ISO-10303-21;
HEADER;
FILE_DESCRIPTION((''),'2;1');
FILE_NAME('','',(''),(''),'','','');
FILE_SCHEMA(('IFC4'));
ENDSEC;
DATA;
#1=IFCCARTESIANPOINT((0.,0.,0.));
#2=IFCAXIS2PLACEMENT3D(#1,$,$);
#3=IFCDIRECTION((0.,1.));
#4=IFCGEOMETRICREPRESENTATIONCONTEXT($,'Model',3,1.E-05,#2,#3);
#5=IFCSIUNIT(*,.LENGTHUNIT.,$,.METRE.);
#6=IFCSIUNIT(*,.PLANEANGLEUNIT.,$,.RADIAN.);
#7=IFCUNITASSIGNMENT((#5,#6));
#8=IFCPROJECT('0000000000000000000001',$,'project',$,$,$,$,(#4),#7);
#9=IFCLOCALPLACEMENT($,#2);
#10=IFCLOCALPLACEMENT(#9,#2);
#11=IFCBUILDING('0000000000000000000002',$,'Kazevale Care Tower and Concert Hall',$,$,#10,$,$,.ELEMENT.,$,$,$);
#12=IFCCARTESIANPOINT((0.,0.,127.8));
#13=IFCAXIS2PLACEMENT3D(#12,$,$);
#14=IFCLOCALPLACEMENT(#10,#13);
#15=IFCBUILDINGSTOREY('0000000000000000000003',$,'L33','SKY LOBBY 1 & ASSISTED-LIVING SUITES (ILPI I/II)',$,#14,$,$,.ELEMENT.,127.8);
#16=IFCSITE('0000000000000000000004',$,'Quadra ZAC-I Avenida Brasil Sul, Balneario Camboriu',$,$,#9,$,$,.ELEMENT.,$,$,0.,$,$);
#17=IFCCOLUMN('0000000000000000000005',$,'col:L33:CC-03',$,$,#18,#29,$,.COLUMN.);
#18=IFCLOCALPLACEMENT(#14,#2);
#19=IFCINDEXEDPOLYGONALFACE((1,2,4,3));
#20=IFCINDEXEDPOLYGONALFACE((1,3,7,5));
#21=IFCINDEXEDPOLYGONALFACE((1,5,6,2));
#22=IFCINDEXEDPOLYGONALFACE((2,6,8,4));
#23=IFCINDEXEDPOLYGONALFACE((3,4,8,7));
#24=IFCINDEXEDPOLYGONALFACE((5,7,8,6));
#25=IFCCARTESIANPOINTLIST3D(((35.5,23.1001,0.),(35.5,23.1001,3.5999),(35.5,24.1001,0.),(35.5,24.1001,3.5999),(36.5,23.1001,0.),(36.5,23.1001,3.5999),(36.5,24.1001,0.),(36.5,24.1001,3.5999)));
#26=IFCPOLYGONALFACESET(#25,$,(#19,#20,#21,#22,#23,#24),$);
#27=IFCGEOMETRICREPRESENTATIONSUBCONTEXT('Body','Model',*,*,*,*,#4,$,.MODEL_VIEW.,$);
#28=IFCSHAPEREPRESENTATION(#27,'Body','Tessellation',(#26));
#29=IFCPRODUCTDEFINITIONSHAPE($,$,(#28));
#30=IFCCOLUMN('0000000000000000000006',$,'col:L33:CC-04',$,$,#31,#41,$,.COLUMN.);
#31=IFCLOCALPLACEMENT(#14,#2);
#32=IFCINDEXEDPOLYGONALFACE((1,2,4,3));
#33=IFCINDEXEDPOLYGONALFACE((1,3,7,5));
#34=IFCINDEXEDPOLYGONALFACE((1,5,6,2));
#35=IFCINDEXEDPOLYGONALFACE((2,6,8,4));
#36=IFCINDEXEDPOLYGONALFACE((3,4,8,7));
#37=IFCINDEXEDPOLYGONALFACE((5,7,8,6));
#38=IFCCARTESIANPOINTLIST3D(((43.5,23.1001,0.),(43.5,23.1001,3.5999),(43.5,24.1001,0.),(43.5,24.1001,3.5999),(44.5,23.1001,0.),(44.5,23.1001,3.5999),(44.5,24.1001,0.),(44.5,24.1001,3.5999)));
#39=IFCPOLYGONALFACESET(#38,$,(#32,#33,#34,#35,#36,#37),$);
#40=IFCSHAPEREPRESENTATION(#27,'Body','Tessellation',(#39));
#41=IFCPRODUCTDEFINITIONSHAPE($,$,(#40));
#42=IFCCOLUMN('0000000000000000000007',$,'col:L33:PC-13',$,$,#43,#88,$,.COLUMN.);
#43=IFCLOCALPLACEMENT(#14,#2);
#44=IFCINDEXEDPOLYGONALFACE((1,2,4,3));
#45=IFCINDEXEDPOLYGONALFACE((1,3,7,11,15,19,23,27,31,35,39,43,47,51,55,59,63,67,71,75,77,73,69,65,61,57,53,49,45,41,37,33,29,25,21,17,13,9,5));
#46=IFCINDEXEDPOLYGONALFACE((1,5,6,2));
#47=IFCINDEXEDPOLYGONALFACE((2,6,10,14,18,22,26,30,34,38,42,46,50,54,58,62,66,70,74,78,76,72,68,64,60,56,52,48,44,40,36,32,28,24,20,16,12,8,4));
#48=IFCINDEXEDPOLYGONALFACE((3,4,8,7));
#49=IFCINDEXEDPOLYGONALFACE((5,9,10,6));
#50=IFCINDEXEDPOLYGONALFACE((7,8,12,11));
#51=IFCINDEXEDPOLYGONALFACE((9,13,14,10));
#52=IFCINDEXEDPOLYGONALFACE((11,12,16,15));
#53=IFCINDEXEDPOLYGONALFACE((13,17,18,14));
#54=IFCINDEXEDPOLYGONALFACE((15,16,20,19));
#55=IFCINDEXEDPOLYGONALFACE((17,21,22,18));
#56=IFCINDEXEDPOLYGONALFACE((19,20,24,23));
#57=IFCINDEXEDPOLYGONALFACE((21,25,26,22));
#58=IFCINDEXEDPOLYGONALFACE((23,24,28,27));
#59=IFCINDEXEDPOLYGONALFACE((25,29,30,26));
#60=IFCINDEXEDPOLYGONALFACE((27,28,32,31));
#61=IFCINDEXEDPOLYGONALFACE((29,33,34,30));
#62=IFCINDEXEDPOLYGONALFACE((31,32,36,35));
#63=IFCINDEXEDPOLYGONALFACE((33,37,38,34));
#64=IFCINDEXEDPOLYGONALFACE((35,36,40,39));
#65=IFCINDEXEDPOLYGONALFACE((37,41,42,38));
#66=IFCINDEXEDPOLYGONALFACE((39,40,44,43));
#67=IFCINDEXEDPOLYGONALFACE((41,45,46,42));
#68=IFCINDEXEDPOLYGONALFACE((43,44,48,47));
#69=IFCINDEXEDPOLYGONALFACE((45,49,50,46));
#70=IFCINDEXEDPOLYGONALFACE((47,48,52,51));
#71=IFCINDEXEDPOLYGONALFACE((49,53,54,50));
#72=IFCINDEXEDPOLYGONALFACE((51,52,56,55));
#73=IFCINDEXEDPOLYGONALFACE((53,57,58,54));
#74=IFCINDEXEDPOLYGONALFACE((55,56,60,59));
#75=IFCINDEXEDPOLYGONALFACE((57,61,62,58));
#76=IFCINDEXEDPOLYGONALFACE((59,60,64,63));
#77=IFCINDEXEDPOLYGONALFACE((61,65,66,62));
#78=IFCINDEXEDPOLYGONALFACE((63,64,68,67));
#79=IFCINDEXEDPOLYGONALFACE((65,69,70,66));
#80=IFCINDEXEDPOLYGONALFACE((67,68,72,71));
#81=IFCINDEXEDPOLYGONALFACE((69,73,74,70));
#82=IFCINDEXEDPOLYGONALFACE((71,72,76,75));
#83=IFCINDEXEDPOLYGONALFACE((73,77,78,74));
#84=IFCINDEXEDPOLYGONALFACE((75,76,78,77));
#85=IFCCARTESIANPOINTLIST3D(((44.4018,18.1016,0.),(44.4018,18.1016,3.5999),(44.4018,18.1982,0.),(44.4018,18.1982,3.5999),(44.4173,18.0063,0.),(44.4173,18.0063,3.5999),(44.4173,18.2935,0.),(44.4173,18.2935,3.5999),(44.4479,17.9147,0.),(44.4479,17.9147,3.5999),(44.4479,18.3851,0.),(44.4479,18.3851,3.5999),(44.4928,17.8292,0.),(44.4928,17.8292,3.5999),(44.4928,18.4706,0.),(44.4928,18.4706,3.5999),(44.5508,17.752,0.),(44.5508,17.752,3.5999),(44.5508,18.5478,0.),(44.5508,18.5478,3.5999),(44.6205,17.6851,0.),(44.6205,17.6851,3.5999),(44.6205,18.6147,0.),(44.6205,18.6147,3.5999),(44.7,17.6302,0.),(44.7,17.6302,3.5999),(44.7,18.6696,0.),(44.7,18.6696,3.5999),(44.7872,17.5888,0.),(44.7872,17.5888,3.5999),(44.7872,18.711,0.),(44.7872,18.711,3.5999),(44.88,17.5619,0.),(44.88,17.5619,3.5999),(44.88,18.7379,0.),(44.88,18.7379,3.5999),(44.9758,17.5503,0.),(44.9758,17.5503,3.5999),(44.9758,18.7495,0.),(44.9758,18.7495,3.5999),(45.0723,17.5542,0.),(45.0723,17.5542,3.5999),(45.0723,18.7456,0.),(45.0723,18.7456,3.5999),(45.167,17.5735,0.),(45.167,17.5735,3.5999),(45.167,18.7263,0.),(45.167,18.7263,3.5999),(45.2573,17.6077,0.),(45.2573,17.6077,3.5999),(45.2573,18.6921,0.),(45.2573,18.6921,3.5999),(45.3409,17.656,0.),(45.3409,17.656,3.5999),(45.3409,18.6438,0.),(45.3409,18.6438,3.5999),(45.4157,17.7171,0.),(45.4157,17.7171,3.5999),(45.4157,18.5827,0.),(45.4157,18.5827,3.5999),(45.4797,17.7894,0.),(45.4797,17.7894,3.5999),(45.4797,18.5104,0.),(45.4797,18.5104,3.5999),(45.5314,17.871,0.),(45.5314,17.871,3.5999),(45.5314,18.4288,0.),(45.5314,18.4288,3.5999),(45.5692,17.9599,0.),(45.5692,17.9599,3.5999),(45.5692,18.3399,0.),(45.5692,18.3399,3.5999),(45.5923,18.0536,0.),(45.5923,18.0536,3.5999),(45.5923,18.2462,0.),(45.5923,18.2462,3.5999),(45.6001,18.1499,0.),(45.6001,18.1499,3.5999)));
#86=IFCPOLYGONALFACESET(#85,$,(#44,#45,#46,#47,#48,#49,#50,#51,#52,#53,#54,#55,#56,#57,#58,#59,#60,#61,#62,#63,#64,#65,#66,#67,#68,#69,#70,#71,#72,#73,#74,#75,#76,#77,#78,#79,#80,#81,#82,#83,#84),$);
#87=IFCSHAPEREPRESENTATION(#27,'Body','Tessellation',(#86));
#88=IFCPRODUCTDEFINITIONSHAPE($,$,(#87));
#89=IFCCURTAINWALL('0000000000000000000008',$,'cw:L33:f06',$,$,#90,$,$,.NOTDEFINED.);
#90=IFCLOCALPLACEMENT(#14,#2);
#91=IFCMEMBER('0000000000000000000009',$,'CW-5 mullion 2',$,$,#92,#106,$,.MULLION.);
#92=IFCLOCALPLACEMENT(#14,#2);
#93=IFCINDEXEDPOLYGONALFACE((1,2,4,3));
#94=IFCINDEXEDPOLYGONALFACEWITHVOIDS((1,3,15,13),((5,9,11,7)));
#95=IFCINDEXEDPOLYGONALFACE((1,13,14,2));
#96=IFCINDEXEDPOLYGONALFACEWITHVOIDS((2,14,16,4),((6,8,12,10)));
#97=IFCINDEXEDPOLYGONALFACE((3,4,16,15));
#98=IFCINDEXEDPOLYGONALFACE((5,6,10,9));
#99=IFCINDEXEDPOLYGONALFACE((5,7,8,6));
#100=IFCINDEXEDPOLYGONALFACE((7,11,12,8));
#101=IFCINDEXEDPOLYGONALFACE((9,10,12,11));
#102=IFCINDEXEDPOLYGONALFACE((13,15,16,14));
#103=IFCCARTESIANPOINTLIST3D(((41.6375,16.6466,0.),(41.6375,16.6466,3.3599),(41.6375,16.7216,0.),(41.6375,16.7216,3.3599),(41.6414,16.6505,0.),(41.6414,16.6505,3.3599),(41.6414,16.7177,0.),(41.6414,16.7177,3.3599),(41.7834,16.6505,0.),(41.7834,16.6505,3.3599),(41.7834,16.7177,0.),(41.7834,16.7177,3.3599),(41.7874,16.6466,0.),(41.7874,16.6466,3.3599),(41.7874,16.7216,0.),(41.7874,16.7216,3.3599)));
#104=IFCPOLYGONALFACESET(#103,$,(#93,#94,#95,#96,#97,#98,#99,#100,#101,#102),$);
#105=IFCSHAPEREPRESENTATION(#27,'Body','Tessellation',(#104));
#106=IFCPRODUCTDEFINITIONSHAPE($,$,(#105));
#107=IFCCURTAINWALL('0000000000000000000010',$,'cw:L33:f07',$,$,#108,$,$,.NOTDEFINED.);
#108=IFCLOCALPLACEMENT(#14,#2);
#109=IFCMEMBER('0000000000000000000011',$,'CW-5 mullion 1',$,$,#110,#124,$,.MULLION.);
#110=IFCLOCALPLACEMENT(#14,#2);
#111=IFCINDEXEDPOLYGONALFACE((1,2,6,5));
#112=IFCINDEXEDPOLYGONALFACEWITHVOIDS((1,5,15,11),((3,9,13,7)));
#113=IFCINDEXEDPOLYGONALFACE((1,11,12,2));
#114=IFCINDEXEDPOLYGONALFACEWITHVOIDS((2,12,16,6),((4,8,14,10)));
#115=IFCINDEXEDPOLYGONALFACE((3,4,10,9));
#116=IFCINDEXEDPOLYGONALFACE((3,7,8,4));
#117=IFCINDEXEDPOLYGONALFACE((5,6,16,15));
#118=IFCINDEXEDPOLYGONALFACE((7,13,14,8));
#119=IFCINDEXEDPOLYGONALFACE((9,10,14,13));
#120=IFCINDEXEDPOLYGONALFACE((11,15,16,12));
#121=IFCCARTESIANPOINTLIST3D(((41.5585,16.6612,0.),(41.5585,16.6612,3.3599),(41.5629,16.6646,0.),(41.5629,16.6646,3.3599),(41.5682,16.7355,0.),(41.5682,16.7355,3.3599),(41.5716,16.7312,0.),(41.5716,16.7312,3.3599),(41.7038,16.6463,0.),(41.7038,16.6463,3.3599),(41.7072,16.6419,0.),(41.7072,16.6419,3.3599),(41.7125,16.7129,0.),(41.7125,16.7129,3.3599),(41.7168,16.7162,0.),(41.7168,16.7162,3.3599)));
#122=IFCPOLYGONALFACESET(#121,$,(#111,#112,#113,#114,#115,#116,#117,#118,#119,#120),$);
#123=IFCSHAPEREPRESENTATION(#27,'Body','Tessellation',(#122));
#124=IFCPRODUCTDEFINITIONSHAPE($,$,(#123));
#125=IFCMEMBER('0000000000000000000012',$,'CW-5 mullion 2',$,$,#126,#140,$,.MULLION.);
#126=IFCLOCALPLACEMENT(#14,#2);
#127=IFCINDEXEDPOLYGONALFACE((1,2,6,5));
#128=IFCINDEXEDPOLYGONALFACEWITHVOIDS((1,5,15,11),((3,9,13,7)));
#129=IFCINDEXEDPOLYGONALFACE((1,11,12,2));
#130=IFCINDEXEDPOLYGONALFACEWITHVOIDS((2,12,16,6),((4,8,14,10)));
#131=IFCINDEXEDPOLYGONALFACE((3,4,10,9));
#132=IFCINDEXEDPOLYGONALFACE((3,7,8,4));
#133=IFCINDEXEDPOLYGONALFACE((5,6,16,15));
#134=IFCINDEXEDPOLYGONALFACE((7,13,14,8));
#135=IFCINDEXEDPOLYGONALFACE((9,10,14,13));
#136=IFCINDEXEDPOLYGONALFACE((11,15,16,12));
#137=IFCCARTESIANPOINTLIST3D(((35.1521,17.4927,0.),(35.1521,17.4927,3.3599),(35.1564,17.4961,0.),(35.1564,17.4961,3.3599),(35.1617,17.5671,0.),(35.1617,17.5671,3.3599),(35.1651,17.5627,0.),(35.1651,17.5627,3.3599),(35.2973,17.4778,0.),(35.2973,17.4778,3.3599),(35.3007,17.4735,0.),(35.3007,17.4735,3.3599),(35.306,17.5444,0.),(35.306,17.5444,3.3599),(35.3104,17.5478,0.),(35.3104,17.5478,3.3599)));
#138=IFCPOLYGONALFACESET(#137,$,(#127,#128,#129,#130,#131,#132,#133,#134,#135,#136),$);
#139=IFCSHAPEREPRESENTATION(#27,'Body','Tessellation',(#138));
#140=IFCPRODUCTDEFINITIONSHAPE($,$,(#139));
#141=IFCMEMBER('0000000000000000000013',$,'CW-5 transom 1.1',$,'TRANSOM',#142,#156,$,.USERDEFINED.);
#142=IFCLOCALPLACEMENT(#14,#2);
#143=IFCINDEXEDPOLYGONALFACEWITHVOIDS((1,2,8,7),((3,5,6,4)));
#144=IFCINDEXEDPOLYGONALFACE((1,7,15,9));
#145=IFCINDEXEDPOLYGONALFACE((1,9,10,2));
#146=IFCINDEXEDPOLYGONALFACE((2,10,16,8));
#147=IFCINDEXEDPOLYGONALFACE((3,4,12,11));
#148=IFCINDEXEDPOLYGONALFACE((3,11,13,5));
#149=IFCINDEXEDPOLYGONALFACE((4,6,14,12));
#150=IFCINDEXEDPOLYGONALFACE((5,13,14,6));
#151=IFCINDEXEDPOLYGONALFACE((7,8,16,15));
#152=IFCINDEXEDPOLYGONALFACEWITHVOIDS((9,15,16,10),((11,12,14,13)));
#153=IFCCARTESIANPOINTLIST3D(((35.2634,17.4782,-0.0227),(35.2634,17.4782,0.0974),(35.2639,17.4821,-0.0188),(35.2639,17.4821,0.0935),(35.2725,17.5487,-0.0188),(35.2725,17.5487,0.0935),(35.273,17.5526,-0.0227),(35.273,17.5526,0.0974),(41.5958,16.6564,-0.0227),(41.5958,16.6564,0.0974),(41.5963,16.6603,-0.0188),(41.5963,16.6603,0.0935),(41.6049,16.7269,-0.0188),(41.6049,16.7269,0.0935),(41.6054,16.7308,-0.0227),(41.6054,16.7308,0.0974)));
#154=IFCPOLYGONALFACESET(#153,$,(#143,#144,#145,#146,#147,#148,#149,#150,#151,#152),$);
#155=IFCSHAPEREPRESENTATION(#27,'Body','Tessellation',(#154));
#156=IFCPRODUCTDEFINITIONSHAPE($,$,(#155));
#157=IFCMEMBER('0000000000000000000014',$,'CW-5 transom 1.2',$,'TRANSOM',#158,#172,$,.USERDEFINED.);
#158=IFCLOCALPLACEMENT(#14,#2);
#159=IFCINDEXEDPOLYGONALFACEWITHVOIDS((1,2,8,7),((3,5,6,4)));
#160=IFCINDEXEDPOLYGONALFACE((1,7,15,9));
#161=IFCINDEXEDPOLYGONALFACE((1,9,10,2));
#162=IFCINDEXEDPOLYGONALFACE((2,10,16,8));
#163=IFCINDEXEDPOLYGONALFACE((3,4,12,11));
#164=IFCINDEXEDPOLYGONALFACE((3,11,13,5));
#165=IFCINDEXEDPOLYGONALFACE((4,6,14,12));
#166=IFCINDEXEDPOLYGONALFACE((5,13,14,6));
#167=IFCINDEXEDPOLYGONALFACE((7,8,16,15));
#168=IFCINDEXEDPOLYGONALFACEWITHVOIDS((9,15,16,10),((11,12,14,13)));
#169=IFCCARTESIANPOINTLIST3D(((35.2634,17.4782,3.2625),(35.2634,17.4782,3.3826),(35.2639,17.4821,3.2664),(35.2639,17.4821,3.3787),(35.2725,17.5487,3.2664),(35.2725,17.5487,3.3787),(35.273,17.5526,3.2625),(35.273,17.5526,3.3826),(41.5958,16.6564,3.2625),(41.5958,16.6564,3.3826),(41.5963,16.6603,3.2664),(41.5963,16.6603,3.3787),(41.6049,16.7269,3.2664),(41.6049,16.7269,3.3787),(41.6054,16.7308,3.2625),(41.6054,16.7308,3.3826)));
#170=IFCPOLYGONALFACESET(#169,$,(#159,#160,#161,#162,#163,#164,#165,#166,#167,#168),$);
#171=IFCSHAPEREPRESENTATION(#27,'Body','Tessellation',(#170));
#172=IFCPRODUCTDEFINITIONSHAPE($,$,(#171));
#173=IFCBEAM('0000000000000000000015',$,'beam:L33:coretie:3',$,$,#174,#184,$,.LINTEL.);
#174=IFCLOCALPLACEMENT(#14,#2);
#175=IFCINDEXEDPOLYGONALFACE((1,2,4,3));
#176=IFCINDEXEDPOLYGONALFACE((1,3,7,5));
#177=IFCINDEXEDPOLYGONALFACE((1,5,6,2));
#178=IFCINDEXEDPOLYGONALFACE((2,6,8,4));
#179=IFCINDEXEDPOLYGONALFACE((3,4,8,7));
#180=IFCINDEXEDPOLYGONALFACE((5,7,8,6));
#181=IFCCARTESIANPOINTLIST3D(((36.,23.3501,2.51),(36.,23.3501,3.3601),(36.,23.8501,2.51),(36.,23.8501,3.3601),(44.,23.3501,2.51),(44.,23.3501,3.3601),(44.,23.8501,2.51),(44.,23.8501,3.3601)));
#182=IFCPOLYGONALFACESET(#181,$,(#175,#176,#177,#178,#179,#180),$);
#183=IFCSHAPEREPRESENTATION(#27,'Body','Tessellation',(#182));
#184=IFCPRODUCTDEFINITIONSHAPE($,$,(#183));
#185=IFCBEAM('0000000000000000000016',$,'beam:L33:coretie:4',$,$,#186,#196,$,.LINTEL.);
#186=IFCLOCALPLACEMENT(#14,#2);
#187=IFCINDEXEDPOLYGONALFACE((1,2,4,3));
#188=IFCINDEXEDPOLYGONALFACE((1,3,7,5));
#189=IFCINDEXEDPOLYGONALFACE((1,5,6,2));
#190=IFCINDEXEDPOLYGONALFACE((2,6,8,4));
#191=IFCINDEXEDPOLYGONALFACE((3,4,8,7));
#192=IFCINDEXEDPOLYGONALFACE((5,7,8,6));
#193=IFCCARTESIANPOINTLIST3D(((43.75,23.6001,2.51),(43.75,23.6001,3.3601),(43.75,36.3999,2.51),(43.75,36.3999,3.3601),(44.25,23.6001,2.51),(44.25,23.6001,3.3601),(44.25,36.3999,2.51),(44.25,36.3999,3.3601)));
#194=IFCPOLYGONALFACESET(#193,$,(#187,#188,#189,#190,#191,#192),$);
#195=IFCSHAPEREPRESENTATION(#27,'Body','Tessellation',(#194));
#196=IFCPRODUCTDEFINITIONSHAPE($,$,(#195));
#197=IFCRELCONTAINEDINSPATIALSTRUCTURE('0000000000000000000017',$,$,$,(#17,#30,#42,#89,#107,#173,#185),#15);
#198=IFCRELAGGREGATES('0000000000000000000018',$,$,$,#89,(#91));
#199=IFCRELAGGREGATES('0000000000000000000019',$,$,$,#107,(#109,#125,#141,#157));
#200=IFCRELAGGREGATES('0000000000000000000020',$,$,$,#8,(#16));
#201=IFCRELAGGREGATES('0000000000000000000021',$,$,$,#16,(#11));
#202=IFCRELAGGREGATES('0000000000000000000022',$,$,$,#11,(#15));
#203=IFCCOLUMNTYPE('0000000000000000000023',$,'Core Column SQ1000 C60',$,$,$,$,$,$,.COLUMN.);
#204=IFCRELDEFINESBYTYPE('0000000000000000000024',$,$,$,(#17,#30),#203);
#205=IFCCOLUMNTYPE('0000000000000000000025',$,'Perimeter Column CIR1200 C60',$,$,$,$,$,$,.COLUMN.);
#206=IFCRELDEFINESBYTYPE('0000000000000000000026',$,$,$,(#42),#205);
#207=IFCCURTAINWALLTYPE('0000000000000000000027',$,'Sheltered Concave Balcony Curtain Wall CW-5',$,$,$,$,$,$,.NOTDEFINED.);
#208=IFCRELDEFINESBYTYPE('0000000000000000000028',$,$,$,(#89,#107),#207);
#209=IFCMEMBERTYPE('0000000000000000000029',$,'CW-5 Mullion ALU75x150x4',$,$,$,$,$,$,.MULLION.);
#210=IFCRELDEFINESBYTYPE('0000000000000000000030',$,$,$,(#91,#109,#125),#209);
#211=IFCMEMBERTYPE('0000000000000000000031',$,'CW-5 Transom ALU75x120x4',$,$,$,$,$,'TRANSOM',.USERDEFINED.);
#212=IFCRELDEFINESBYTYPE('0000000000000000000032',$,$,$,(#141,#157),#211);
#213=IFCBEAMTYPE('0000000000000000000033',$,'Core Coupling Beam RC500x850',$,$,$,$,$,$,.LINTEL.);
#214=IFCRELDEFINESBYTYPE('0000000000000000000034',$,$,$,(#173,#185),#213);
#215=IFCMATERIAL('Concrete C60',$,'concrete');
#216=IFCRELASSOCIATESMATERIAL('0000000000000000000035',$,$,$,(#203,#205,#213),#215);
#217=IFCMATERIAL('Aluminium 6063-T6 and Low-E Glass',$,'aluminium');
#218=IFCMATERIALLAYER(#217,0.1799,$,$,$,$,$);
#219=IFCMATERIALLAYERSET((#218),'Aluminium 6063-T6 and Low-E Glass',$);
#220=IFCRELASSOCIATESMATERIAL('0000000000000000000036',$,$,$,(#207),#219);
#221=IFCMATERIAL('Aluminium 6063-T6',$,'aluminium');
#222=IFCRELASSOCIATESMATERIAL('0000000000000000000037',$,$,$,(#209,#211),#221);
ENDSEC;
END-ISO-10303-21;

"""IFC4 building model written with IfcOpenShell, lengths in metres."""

from ifc_helpers import new_model, si_unit, direction, frame, origin, origin_2d, place, context, subcontext, project, spatial, rectangle, hollow_rectangle, circle, extrude, material, layer, layer_set, material_profile, profile_set, type_object, element, aggregate, save


model = new_model("IFC4")

# Units and contexts
model_context = context("Model", 3, precision=1e-05, world=origin(), true_north=direction((0.0, 1.0)))
body_context = subcontext(model_context, "Body", "Model", "MODEL_VIEW")
ifc_project = project(units=[si_unit("LENGTHUNIT", "METRE"), si_unit("PLANEANGLEUNIT", "RADIAN")], contexts=[model_context])

# Site, building, storey
site_placement = place(None, origin())
site = spatial("IfcSite", under=ifc_project, at=site_placement, Name="Quadra ZAC-I Avenida Brasil Sul, Balneario Camboriu", CompositionType="ELEMENT", RefElevation=0.0)
building_placement = place(site_placement, origin())
building = spatial("IfcBuilding", under=site, at=building_placement, Name="Kazevale Care Tower and Concert Hall", CompositionType="ELEMENT")
storey_placement = place(building_placement, frame((0.0, 0.0, 127.8)))
storey = spatial("IfcBuildingStorey", under=building, at=storey_placement, Name="L33", Description="SKY LOBBY 1 & ASSISTED-LIVING SUITES (ILPI I/II)", CompositionType="ELEMENT", Elevation=127.8)

# Columns
ifc_material_1 = material(Name="Concrete C60", Category="concrete")
ifc_material_profile_1 = material_profile(ifc_material_1, rectangle(XDim=1.0, YDim=1.0, at=origin_2d()), Name="RC-SQ1000")
ifc_profile_set_1 = profile_set([ifc_material_profile_1], Name="Concrete C60")
column_type_1 = type_object("IfcColumnType", Name="Core Column SQ1000 C60", PredefinedType="COLUMN", material=ifc_profile_set_1)
for number, where, z_axis, x_axis, name in (
    (1, (36.0, 23.6001, 0.0), (0.0, 0.0, 1.0), (1.0, 0.0, 0.0), "col:L33:CC-03"),
    (2, (44.0, 23.6001, 0.0), (0.0, 0.0, 1.0), (1.0, 0.0, 0.0), "col:L33:CC-04"),
):
    element("IfcColumn", number, at=place(storey_placement, frame(where, z_axis=z_axis, x_axis=x_axis)), inside=storey, type_object=column_type_1, Name=name, PredefinedType="COLUMN", context=body_context, shape_type="SweptSolid", body=[
        extrude(rectangle(XDim=1.0, YDim=1.0, at=origin_2d()), origin(), (0.0, 0.0, 1.0), 3.5999),
    ])
ifc_material_profile_2 = material_profile(ifc_material_1, circle(Radius=0.6001, at=origin_2d()), Name="RC-CIR1200")
ifc_profile_set_2 = profile_set([ifc_material_profile_2], Name="Concrete C60")
column_type_2 = type_object("IfcColumnType", Name="Perimeter Column CIR1200 C60", PredefinedType="COLUMN", material=ifc_profile_set_2)
column_placement = place(storey_placement, frame((45.0, 18.1499, 0.0), z_axis=(0.0, 0.0, 1.0), x_axis=(1.0, 0.0, 0.0)))
element("IfcColumn", 3, at=column_placement, inside=storey, type_object=column_type_2, Name="col:L33:PC-13", PredefinedType="COLUMN", context=body_context, shape_type="SweptSolid", body=[
    extrude(circle(Radius=0.6001, at=origin_2d()), origin(), (0.0, 0.0, 1.0), 3.5999),
])

# Curtain wall, member
ifc_material_2 = material(Name="Aluminium 6063-T6 and Low-E Glass", Category="aluminium")
ifc_layer_1 = layer(ifc_material_2, 0.1799)
ifc_layer_set_1 = layer_set([ifc_layer_1], Name="Aluminium 6063-T6 and Low-E Glass")
curtain_wall_type = type_object("IfcCurtainWallType", Name="Sheltered Concave Balcony Curtain Wall CW-5", PredefinedType="NOTDEFINED", material=ifc_layer_set_1)
curtain_wall_1_placement = place(storey_placement, origin())
curtain_wall_1 = element("IfcCurtainWall", 4, at=curtain_wall_1_placement, inside=storey, type_object=curtain_wall_type, Name="cw:L33:f06", PredefinedType="NOTDEFINED")
ifc_material_3 = material(Name="Aluminium 6063-T6", Category="aluminium")
ifc_material_profile_3 = material_profile(ifc_material_3, hollow_rectangle(XDim=0.075, YDim=0.1499, WallThickness=0.0039, at=origin_2d()), Name="ALU75x150x4")
ifc_profile_set_3 = profile_set([ifc_material_profile_3], Name="Aluminium 6063-T6")
member_type_1 = type_object("IfcMemberType", Name="CW-5 Mullion ALU75x150x4", PredefinedType="MULLION", material=ifc_profile_set_3)
member_1_placement = place(storey_placement, frame((41.7124, 16.6841, 0.0), z_axis=(0.0, 0.0, 1.0), x_axis=(0.0, -1.0, 0.0)))
member_1 = element("IfcMember", 5, at=member_1_placement, type_object=member_type_1, Name="CW-5 mullion 2", PredefinedType="MULLION", context=body_context, shape_type="SweptSolid", body=[
    extrude(hollow_rectangle(XDim=0.075, YDim=0.1499, WallThickness=0.0039, at=origin_2d()), origin(), (0.0, 0.0, 1.0), 3.3599),
])

# Curtain wall, members
curtain_wall_2_placement = place(storey_placement, origin())
curtain_wall_2 = element("IfcCurtainWall", 6, at=curtain_wall_2_placement, inside=storey, type_object=curtain_wall_type, Name="cw:L33:f07", PredefinedType="NOTDEFINED")
member_2_placement = place(storey_placement, frame((41.6377, 16.6887, 0.0), z_axis=(0.0, 0.0, 1.0), x_axis=(-0.128685, -0.991686, 0.0)))
member_2 = element("IfcMember", 7, at=member_2_placement, type_object=member_type_1, Name="CW-5 mullion 1", PredefinedType="MULLION", context=body_context, shape_type="SweptSolid", body=[
    extrude(hollow_rectangle(XDim=0.075, YDim=0.1499, WallThickness=0.0039, at=origin_2d()), origin(), (0.0, 0.0, 1.0), 3.3599),
])
member_3_placement = place(storey_placement, frame((35.2312, 17.5203, 0.0), z_axis=(0.0, 0.0, 1.0), x_axis=(-0.128685, -0.991686, 0.0)))
member_3 = element("IfcMember", 8, at=member_3_placement, type_object=member_type_1, Name="CW-5 mullion 2", PredefinedType="MULLION", context=body_context, shape_type="SweptSolid", body=[
    extrude(hollow_rectangle(XDim=0.075, YDim=0.1499, WallThickness=0.0039, at=origin_2d()), origin(), (0.0, 0.0, 1.0), 3.3599),
])
ifc_material_profile_4 = material_profile(ifc_material_3, hollow_rectangle(XDim=0.075, YDim=0.1201, WallThickness=0.0039, at=origin_2d()), Name="ALU75x120x4")
ifc_profile_set_4 = profile_set([ifc_material_profile_4], Name="Aluminium 6063-T6")
member_type_2 = type_object("IfcMemberType", Name="CW-5 Transom ALU75x120x4", ElementType="TRANSOM", PredefinedType="USERDEFINED", material=ifc_profile_set_4)
member_4_placement = place(storey_placement, frame((41.6006, 16.6936, 0.0374), z_axis=(-0.991684, 0.128697, 0.0), x_axis=(-0.128697, -0.991684, 0.0)))
member_4 = element("IfcMember", 9, at=member_4_placement, type_object=member_type_2, Name="CW-5 transom 1.1", ObjectType="TRANSOM", PredefinedType="USERDEFINED", context=body_context, shape_type="SweptSolid", body=[
    extrude(hollow_rectangle(XDim=0.075, YDim=0.1201, WallThickness=0.0039, at=origin_2d()), origin(), (0.0, 0.0, 1.0), 6.3855),
])
member_5_placement = place(storey_placement, frame((41.6006, 16.6936, 3.3225), z_axis=(-0.991684, 0.128697, 0.0), x_axis=(-0.128697, -0.991684, 0.0)))
member_5 = element("IfcMember", 10, at=member_5_placement, type_object=member_type_2, Name="CW-5 transom 1.2", ObjectType="TRANSOM", PredefinedType="USERDEFINED", context=body_context, shape_type="SweptSolid", body=[
    extrude(hollow_rectangle(XDim=0.075, YDim=0.1201, WallThickness=0.0039, at=origin_2d()), origin(), (0.0, 0.0, 1.0), 6.3855),
])

# Beams
ifc_material_profile_5 = material_profile(ifc_material_1, rectangle(XDim=0.5, YDim=0.8501, at=origin_2d()), Name="RC-B500x850")
ifc_profile_set_5 = profile_set([ifc_material_profile_5], Name="Concrete C60")
beam_type_1 = type_object("IfcBeamType", Name="Core Coupling Beam RC500x850", PredefinedType="LINTEL", material=ifc_profile_set_5)
beam_1_placement = place(storey_placement, frame((36.0, 23.6001, 2.9351), z_axis=(1.0, 0.0, 0.0), x_axis=(0.0, 1.0, 0.0)))
element("IfcBeam", 11, at=beam_1_placement, inside=storey, type_object=beam_type_1, Name="beam:L33:coretie:3", PredefinedType="LINTEL", context=body_context, shape_type="SweptSolid", body=[
    extrude(rectangle(XDim=0.5, YDim=0.8501, at=origin_2d()), origin(), (0.0, 0.0, 1.0), 8.0),
])
beam_2_placement = place(storey_placement, frame((44.0, 23.6001, 2.9351), z_axis=(0.0, 1.0, 0.0), x_axis=(-1.0, 0.0, 0.0)))
element("IfcBeam", 12, at=beam_2_placement, inside=storey, type_object=beam_type_1, Name="beam:L33:coretie:4", PredefinedType="LINTEL", context=body_context, shape_type="SweptSolid", body=[
    extrude(rectangle(XDim=0.5, YDim=0.8501, at=origin_2d()), origin(), (0.0, 0.0, 1.0), 12.7998),
])

aggregate(curtain_wall_1, [member_1])
aggregate(curtain_wall_2, [member_2, member_3, member_4, member_5])

save(model, "model.ifc")
